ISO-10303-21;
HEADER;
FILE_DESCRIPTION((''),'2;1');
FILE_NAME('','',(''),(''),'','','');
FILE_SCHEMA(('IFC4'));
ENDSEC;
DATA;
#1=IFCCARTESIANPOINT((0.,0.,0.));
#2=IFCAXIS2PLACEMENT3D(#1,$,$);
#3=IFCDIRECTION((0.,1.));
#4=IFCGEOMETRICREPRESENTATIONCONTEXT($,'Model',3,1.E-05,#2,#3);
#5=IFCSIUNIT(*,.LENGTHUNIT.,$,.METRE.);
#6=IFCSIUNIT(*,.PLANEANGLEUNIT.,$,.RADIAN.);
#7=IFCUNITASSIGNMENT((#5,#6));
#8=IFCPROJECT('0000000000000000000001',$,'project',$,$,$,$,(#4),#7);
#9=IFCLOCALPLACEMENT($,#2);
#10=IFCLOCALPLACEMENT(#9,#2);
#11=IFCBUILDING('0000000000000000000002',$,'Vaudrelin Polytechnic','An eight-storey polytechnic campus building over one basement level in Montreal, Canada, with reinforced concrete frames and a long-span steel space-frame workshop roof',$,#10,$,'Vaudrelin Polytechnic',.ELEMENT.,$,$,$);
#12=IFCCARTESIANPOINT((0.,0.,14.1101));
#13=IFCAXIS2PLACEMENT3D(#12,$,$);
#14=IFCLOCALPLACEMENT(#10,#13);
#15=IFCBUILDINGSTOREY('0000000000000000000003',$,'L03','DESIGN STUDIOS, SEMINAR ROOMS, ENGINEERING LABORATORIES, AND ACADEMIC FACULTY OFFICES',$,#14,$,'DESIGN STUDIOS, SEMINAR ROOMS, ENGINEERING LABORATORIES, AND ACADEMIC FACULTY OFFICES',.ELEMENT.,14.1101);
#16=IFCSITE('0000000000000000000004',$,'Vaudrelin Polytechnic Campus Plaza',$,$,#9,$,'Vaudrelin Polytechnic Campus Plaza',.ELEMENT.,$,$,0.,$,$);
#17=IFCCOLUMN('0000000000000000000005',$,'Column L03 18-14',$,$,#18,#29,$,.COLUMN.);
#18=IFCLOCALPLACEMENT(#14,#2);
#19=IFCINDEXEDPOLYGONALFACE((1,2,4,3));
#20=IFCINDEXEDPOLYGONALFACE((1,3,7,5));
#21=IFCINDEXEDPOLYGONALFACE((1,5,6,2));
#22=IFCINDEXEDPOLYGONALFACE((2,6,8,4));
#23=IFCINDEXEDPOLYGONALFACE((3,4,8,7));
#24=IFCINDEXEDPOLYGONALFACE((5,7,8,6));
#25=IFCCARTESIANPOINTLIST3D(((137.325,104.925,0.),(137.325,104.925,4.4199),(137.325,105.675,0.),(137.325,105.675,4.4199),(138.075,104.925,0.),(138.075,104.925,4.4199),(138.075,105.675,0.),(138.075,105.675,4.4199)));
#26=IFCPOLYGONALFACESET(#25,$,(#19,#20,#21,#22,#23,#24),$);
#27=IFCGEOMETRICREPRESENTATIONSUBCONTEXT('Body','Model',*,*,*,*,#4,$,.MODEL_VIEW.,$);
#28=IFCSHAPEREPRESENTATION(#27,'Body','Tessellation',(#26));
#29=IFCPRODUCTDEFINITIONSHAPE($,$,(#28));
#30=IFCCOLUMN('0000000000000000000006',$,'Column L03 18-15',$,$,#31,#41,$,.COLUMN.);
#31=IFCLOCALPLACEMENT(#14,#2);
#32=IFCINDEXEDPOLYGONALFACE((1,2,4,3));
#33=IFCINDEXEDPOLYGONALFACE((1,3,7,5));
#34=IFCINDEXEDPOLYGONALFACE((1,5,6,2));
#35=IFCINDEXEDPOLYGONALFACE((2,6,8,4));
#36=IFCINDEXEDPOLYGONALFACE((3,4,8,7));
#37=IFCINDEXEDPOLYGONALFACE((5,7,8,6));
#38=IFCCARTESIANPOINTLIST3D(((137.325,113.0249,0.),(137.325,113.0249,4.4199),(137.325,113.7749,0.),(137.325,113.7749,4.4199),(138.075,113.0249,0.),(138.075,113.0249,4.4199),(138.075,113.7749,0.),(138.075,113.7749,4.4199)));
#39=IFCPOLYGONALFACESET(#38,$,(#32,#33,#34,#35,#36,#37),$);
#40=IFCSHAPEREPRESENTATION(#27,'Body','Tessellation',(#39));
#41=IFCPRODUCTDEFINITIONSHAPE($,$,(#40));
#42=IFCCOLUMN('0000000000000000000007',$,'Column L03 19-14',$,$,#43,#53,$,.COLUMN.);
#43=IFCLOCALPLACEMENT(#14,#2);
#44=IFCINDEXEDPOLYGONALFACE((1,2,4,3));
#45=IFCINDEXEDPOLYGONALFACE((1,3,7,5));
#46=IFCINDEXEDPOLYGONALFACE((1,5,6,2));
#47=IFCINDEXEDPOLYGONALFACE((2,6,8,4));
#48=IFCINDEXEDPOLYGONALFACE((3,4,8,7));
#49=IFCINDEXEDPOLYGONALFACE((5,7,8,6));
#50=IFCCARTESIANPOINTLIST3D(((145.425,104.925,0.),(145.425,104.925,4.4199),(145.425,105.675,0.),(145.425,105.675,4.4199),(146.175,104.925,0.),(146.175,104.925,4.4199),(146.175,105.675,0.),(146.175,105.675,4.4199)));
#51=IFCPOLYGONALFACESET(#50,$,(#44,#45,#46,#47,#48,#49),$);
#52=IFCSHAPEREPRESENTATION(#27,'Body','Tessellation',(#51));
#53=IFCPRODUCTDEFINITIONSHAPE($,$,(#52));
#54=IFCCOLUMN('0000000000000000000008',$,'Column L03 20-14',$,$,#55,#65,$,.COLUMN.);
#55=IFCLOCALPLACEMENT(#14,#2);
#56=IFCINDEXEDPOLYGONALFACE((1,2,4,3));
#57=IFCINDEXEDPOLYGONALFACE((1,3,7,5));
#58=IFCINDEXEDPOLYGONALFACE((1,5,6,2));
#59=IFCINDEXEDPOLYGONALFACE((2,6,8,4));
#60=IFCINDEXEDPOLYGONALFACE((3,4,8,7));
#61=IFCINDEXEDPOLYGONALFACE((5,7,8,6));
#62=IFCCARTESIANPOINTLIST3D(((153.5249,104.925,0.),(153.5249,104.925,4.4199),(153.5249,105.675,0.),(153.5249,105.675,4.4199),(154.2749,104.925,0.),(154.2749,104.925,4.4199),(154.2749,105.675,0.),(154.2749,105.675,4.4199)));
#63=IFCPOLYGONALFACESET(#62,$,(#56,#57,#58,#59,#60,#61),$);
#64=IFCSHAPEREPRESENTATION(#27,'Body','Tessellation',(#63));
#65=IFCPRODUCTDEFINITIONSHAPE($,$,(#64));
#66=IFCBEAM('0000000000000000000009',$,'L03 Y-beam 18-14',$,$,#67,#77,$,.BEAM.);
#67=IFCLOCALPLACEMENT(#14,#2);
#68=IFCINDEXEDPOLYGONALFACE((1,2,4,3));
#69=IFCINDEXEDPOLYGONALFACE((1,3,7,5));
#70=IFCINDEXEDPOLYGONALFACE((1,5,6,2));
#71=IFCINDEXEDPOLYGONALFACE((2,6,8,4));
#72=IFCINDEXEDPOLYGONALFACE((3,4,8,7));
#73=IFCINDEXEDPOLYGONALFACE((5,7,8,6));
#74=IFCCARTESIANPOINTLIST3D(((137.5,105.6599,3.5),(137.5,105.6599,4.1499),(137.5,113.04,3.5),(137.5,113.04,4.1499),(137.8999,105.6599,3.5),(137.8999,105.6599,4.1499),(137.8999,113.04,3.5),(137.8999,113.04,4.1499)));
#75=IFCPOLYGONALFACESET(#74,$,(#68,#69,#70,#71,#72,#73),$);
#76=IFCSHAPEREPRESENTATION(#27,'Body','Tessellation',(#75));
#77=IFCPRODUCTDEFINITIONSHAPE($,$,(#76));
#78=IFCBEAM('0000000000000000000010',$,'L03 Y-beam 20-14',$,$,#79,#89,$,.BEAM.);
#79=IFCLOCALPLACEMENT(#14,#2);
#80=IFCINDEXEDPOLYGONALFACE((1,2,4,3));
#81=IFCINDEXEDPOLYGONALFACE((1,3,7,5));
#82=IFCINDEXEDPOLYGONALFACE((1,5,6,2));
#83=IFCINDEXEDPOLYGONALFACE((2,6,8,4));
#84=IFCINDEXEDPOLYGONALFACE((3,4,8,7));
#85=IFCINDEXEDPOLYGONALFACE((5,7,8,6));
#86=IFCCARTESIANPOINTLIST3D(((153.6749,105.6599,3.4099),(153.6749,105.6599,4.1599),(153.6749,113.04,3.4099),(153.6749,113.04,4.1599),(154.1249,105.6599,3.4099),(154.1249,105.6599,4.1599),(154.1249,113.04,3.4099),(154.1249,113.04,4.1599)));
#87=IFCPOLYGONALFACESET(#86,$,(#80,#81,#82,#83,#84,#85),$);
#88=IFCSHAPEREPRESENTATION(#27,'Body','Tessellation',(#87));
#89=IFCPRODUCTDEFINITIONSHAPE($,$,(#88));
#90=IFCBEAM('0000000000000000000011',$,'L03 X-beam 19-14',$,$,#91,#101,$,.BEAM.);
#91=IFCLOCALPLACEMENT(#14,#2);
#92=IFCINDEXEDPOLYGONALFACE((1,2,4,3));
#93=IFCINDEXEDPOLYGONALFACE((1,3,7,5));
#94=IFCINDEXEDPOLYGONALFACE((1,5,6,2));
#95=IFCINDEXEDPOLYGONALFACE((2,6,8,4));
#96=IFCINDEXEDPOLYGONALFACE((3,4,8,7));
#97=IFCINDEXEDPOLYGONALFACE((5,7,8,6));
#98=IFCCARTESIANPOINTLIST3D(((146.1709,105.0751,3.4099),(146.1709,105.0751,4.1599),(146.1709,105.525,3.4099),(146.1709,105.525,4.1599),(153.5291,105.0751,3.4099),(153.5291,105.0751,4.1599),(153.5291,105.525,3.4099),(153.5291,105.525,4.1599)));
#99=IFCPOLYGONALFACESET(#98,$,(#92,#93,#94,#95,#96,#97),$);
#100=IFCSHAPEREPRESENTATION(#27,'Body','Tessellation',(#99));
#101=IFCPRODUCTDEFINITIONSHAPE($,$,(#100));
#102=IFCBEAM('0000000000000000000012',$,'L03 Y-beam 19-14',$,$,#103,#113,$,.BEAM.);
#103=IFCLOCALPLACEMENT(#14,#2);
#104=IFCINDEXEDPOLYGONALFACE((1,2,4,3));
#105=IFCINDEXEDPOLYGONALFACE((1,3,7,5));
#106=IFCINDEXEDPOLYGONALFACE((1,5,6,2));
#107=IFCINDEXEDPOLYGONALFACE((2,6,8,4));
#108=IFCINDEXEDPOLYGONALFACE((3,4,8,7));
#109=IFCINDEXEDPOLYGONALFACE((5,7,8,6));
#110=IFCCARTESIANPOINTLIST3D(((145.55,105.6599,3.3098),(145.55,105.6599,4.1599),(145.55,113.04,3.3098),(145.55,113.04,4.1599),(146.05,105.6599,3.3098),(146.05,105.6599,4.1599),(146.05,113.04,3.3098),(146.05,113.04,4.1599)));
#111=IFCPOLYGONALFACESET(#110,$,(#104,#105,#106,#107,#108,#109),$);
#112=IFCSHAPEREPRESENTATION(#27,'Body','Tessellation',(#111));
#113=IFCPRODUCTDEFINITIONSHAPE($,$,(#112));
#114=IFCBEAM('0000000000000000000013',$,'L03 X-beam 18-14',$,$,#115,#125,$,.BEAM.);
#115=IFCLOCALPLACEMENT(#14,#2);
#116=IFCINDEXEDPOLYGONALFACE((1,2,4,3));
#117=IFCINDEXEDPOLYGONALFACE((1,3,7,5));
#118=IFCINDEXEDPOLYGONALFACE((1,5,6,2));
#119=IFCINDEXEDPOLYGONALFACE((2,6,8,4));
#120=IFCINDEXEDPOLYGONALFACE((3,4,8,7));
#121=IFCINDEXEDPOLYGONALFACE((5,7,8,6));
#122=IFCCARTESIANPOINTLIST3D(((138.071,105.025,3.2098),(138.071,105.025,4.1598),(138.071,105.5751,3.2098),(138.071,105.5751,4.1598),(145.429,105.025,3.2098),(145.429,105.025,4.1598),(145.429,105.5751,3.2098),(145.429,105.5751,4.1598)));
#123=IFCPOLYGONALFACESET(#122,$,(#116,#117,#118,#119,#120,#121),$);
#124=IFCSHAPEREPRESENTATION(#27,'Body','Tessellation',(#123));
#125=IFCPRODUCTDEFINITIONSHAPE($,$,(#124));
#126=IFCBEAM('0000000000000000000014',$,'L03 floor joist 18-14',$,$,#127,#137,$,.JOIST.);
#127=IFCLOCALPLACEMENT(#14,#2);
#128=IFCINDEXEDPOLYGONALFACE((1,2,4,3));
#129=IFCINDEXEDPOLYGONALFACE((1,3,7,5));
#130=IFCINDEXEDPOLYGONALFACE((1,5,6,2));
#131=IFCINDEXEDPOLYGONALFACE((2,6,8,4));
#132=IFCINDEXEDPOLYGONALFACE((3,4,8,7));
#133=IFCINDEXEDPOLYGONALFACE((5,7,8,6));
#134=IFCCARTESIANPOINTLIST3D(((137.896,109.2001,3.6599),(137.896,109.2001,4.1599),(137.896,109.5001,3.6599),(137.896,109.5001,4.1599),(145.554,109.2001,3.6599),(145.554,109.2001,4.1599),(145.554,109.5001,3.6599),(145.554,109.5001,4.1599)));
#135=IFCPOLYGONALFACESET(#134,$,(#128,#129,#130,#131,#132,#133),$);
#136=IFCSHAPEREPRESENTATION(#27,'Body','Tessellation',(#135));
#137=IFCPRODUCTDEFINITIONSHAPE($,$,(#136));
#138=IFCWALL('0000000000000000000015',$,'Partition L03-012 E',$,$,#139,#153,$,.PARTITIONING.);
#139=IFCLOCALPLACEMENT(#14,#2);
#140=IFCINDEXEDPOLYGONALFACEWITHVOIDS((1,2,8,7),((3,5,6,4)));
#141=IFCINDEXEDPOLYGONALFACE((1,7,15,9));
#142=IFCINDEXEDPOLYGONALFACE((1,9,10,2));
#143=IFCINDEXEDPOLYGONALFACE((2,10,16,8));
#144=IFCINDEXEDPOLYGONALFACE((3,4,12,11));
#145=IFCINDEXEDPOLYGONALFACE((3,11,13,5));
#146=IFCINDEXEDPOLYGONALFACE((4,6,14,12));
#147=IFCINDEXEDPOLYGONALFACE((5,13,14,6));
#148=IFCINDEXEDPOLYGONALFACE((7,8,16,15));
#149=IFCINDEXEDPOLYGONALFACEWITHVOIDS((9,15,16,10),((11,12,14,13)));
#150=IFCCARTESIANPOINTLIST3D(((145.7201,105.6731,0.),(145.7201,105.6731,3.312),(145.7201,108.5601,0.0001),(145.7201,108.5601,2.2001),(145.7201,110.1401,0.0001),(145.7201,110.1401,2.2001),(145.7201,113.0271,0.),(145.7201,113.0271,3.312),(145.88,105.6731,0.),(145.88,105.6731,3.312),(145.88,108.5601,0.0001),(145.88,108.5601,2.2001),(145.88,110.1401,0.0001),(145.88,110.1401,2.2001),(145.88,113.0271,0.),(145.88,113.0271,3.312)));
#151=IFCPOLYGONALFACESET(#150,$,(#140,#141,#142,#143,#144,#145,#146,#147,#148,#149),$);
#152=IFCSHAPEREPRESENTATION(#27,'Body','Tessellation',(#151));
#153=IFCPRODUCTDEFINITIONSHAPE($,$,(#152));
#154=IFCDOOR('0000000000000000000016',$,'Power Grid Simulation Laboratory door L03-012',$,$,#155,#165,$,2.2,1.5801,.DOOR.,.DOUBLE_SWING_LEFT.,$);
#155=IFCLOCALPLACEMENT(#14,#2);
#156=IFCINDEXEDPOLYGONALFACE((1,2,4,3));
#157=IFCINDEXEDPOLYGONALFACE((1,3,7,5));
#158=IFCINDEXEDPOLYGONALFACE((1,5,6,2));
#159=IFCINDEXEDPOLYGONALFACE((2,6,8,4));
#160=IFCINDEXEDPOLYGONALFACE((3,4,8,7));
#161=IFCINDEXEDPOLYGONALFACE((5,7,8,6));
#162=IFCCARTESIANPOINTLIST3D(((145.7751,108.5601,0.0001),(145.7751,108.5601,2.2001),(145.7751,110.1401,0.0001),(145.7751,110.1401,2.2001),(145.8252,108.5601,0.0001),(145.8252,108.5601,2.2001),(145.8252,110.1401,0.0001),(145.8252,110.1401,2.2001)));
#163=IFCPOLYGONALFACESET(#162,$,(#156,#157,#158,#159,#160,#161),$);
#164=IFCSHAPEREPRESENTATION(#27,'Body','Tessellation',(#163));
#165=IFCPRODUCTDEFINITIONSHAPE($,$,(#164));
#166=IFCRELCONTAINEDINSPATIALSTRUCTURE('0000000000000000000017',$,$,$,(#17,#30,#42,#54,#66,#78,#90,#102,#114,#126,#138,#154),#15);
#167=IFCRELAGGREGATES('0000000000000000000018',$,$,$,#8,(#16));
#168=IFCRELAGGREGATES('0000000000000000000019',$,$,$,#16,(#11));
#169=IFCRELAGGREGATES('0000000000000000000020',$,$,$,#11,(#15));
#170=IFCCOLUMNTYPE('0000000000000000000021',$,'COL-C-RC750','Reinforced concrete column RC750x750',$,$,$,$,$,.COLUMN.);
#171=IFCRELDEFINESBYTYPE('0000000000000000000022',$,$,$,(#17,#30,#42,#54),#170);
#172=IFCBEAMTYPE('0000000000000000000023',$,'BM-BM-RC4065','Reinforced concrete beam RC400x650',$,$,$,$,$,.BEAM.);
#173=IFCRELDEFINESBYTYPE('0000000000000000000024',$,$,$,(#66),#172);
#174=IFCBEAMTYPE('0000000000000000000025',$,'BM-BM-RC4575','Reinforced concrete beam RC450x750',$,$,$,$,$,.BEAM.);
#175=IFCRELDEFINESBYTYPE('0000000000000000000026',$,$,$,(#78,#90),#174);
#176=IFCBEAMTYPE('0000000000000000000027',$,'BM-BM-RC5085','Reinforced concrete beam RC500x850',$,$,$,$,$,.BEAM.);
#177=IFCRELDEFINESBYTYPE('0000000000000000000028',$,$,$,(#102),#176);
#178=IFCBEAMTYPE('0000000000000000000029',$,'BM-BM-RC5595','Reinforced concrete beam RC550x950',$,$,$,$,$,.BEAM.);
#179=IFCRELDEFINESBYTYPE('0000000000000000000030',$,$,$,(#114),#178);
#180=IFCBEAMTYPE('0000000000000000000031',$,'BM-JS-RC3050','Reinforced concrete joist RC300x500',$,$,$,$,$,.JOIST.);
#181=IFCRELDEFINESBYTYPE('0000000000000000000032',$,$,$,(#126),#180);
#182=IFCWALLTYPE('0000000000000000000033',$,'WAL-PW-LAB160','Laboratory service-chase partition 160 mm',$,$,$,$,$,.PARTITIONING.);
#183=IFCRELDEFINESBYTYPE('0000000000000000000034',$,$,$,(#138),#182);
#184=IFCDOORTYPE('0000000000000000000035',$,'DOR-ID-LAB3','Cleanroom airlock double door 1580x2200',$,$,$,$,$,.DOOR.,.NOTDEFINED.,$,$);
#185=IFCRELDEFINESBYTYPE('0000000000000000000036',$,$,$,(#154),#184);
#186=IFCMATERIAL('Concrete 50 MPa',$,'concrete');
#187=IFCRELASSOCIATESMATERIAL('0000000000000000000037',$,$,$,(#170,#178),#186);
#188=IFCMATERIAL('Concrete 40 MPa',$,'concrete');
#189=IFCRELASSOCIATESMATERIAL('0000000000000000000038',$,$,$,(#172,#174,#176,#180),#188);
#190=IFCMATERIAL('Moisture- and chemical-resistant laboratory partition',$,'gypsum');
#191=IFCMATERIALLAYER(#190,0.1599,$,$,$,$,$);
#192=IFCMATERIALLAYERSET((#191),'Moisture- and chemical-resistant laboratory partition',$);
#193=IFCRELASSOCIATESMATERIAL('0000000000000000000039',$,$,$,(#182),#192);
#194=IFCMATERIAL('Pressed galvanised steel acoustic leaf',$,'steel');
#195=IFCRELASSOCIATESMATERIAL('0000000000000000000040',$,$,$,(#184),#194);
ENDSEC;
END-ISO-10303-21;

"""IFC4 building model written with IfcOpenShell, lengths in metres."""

from ifc_helpers import new_model, si_unit, direction, frame, frame_2d, origin, origin_2d, place, context, subcontext, project, spatial, rectangle, extrude, material, layer, layer_set, material_profile, profile_set, type_object, element, fill, save


model = new_model("IFC4")

# Units and contexts
model_context = context("Model", 3, precision=1e-05, world=origin(), true_north=direction((0.0, 1.0)))
body_context = subcontext(model_context, "Body", "Model", "MODEL_VIEW")
ifc_project = project(units=[si_unit("LENGTHUNIT", "METRE"), si_unit("PLANEANGLEUNIT", "RADIAN")], contexts=[model_context])

# Site, building, storey
site_placement = place(None, origin())
site = spatial("IfcSite", under=ifc_project, at=site_placement, Name="Vaudrelin Polytechnic Campus Plaza", LongName="Vaudrelin Polytechnic Campus Plaza", CompositionType="ELEMENT", RefElevation=0.0)
building_placement = place(site_placement, origin())
building = spatial("IfcBuilding", under=site, at=building_placement, Name="Vaudrelin Polytechnic", Description="An eight-storey polytechnic campus building over one basement level in Montreal, Canada, with reinforced concrete frames and a long-span steel space-frame workshop roof", LongName="Vaudrelin Polytechnic", CompositionType="ELEMENT")
storey_placement = place(building_placement, frame((0.0, 0.0, 14.1101)))
storey = spatial("IfcBuildingStorey", under=building, at=storey_placement, Name="L03", Description="DESIGN STUDIOS, SEMINAR ROOMS, ENGINEERING LABORATORIES, AND ACADEMIC FACULTY OFFICES", LongName="DESIGN STUDIOS, SEMINAR ROOMS, ENGINEERING LABORATORIES, AND ACADEMIC FACULTY OFFICES", CompositionType="ELEMENT", Elevation=14.1101)

# Columns
ifc_material_1 = material(Name="Concrete 50 MPa", Category="concrete")
ifc_material_profile_1 = material_profile(ifc_material_1, rectangle(XDim=0.75, YDim=0.75, at=origin_2d()), Name="RC750x750")
ifc_profile_set_1 = profile_set([ifc_material_profile_1], Name="Concrete 50 MPa")
column_type = type_object("IfcColumnType", Name="COL-C-RC750", Description="Reinforced concrete column RC750x750", PredefinedType="COLUMN", material=ifc_profile_set_1)
for number, where, z_axis, x_axis, name in (
    (1, (137.7, 105.3, 0.0), (0.0, 0.0, 1.0), (1.0, 0.0, 0.0), "Column L03 18-14"),
    (2, (137.7, 113.3999, 0.0), (0.0, 0.0, 1.0), (1.0, 0.0, 0.0), "Column L03 18-15"),
    (3, (145.8, 105.3, 0.0), (0.0, 0.0, 1.0), (1.0, 0.0, 0.0), "Column L03 19-14"),
    (4, (153.8999, 105.3, 0.0), (0.0, 0.0, 1.0), (1.0, 0.0, 0.0), "Column L03 20-14"),
):
    element("IfcColumn", number, at=place(storey_placement, frame(where, z_axis=z_axis, x_axis=x_axis)), inside=storey, type_object=column_type, Name=name, PredefinedType="COLUMN", context=body_context, shape_type="SweptSolid", body=[
        extrude(rectangle(XDim=0.75, YDim=0.75, at=origin_2d()), origin(), (0.0, 0.0, 1.0), 4.4199),
    ])

# Beams
ifc_material_2 = material(Name="Concrete 40 MPa", Category="concrete")
ifc_material_profile_2 = material_profile(ifc_material_2, rectangle(XDim=0.3999, YDim=0.6499, at=origin_2d()), Name="RC400x650")
ifc_profile_set_2 = profile_set([ifc_material_profile_2], Name="Concrete 40 MPa")
beam_type_1 = type_object("IfcBeamType", Name="BM-BM-RC4065", Description="Reinforced concrete beam RC400x650", PredefinedType="BEAM", material=ifc_profile_set_2)
beam_1_placement = place(storey_placement, frame((137.7, 105.6599, 3.825), z_axis=(0.0, 1.0, 0.0), x_axis=(-1.0, 0.0, 0.0)))
element("IfcBeam", 5, at=beam_1_placement, inside=storey, type_object=beam_type_1, Name="L03 Y-beam 18-14", PredefinedType="BEAM", context=body_context, shape_type="SweptSolid", body=[
    extrude(rectangle(XDim=0.3999, YDim=0.6499, at=origin_2d()), origin(), (0.0, 0.0, 1.0), 7.3801),
])
ifc_material_profile_3 = material_profile(ifc_material_2, rectangle(XDim=0.45, YDim=0.75, at=origin_2d()), Name="RC450x750")
ifc_profile_set_3 = profile_set([ifc_material_profile_3], Name="Concrete 40 MPa")
beam_type_2 = type_object("IfcBeamType", Name="BM-BM-RC4575", Description="Reinforced concrete beam RC450x750", PredefinedType="BEAM", material=ifc_profile_set_3)
beam_2_placement = place(storey_placement, frame((153.8999, 105.6599, 3.7849), z_axis=(0.0, 1.0, 0.0), x_axis=(-1.0, 0.0, 0.0)))
element("IfcBeam", 6, at=beam_2_placement, inside=storey, type_object=beam_type_2, Name="L03 Y-beam 20-14", PredefinedType="BEAM", context=body_context, shape_type="SweptSolid", body=[
    extrude(rectangle(XDim=0.45, YDim=0.75, at=origin_2d()), origin(), (0.0, 0.0, 1.0), 7.3801),
])
beam_3_placement = place(storey_placement, frame((146.1709, 105.3, 3.7849), z_axis=(1.0, 0.0, 0.0), x_axis=(0.0, 1.0, 0.0)))
element("IfcBeam", 7, at=beam_3_placement, inside=storey, type_object=beam_type_2, Name="L03 X-beam 19-14", PredefinedType="BEAM", context=body_context, shape_type="SweptSolid", body=[
    extrude(rectangle(XDim=0.45, YDim=0.75, at=origin_2d()), origin(), (0.0, 0.0, 1.0), 7.3582),
])
ifc_material_profile_4 = material_profile(ifc_material_2, rectangle(XDim=0.5, YDim=0.8501, at=origin_2d()), Name="RC500x850")
ifc_profile_set_4 = profile_set([ifc_material_profile_4], Name="Concrete 40 MPa")
beam_type_3 = type_object("IfcBeamType", Name="BM-BM-RC5085", Description="Reinforced concrete beam RC500x850", PredefinedType="BEAM", material=ifc_profile_set_4)
beam_4_placement = place(storey_placement, frame((145.8, 105.6599, 3.7349), z_axis=(0.0, 1.0, 0.0), x_axis=(-1.0, 0.0, 0.0)))
element("IfcBeam", 8, at=beam_4_placement, inside=storey, type_object=beam_type_3, Name="L03 Y-beam 19-14", PredefinedType="BEAM", context=body_context, shape_type="SweptSolid", body=[
    extrude(rectangle(XDim=0.5, YDim=0.8501, at=origin_2d()), origin(), (0.0, 0.0, 1.0), 7.3801),
])
ifc_material_profile_5 = material_profile(ifc_material_1, rectangle(XDim=0.55, YDim=0.95, at=origin_2d()), Name="RC550x950")
ifc_profile_set_5 = profile_set([ifc_material_profile_5], Name="Concrete 50 MPa")
beam_type_4 = type_object("IfcBeamType", Name="BM-BM-RC5595", Description="Reinforced concrete beam RC550x950", PredefinedType="BEAM", material=ifc_profile_set_5)
beam_5_placement = place(storey_placement, frame((138.071, 105.3, 3.6848), z_axis=(1.0, 0.0, 0.0), x_axis=(0.0, 1.0, 0.0)))
element("IfcBeam", 9, at=beam_5_placement, inside=storey, type_object=beam_type_4, Name="L03 X-beam 18-14", PredefinedType="BEAM", context=body_context, shape_type="SweptSolid", body=[
    extrude(rectangle(XDim=0.55, YDim=0.95, at=origin_2d()), origin(), (0.0, 0.0, 1.0), 7.3579),
])
ifc_material_profile_6 = material_profile(ifc_material_2, rectangle(XDim=0.3, YDim=0.5, at=origin_2d()), Name="RC300x500")
ifc_profile_set_6 = profile_set([ifc_material_profile_6], Name="Concrete 40 MPa")
beam_type_5 = type_object("IfcBeamType", Name="BM-JS-RC3050", Description="Reinforced concrete joist RC300x500", PredefinedType="JOIST", material=ifc_profile_set_6)
beam_6_placement = place(storey_placement, frame((137.896, 109.3501, 3.9099), z_axis=(1.0, 0.0, 0.0), x_axis=(0.0, 1.0, 0.0)))
element("IfcBeam", 10, at=beam_6_placement, inside=storey, type_object=beam_type_5, Name="L03 floor joist 18-14", PredefinedType="JOIST", context=body_context, shape_type="SweptSolid", body=[
    extrude(rectangle(XDim=0.3, YDim=0.5, at=origin_2d()), origin(), (0.0, 0.0, 1.0), 7.658),
])

# Wall, opening, door
ifc_material_3 = material(Name="Moisture- and chemical-resistant laboratory partition", Category="gypsum")
ifc_layer_1 = layer(ifc_material_3, 0.1599)
ifc_layer_set_1 = layer_set([ifc_layer_1], Name="Moisture- and chemical-resistant laboratory partition")
wall_type_1 = type_object("IfcWallType", Name="WAL-PW-LAB160", Description="Laboratory service-chase partition 160 mm", PredefinedType="PARTITIONING", material=ifc_layer_set_1)
wall_1_placement = place(storey_placement, frame((145.8, 105.6731, 0.0), z_axis=(0.0, 0.0, 1.0), x_axis=(0.0, 1.0, 0.0)))
wall_1 = element("IfcWall", 11, at=wall_1_placement, inside=storey, type_object=wall_type_1, Name="Partition L03-012 E", PredefinedType="PARTITIONING", context=body_context, shape_type="SweptSolid", body=[
    extrude(rectangle(XDim=7.354, YDim=0.1599, at=frame_2d((3.677, 0.0))), origin(), (0.0, 0.0, 1.0), 3.312),
])
opening_1_placement = place(wall_1_placement, frame((2.887, 0.0, 0.0)))
opening_1 = element("IfcOpeningElement", 12, at=opening_1_placement, cuts=wall_1, PredefinedType="OPENING", context=body_context, shape_type="SweptSolid", body=[
    extrude(rectangle(XDim=1.5801, YDim=2.2, at=frame_2d((0.79, 1.1001))), frame((0.0, 0.0898, 0.0), z_axis=(0.0, -1.0, 0.0), x_axis=(1.0, 0.0, 0.0)), (0.0, 0.0, 1.0), 0.1799),
])
ifc_material_4 = material(Name="Pressed galvanised steel acoustic leaf", Category="steel")
door_type_1 = type_object("IfcDoorType", Name="DOR-ID-LAB3", Description="Cleanroom airlock double door 1580x2200", OperationType="NOTDEFINED", PredefinedType="DOOR", material=ifc_material_4)
door_1_placement = place(opening_1_placement, origin())
door_1 = element("IfcDoor", 13, at=door_1_placement, inside=storey, type_object=door_type_1, Name="Power Grid Simulation Laboratory door L03-012", OperationType="DOUBLE_SWING_LEFT", OverallHeight=2.2, OverallWidth=1.5801, PredefinedType="DOOR", context=body_context, shape_type="SweptSolid", body=[
    extrude(rectangle(XDim=1.5801, YDim=2.2, at=frame_2d((0.79, 1.1001))), frame((0.0, 0.0249, 0.0), z_axis=(0.0, -1.0, 0.0), x_axis=(1.0, 0.0, 0.0)), (0.0, 0.0, 1.0), 0.05),
])
fill(opening_1, door_1)

save(model, "model.ifc")
